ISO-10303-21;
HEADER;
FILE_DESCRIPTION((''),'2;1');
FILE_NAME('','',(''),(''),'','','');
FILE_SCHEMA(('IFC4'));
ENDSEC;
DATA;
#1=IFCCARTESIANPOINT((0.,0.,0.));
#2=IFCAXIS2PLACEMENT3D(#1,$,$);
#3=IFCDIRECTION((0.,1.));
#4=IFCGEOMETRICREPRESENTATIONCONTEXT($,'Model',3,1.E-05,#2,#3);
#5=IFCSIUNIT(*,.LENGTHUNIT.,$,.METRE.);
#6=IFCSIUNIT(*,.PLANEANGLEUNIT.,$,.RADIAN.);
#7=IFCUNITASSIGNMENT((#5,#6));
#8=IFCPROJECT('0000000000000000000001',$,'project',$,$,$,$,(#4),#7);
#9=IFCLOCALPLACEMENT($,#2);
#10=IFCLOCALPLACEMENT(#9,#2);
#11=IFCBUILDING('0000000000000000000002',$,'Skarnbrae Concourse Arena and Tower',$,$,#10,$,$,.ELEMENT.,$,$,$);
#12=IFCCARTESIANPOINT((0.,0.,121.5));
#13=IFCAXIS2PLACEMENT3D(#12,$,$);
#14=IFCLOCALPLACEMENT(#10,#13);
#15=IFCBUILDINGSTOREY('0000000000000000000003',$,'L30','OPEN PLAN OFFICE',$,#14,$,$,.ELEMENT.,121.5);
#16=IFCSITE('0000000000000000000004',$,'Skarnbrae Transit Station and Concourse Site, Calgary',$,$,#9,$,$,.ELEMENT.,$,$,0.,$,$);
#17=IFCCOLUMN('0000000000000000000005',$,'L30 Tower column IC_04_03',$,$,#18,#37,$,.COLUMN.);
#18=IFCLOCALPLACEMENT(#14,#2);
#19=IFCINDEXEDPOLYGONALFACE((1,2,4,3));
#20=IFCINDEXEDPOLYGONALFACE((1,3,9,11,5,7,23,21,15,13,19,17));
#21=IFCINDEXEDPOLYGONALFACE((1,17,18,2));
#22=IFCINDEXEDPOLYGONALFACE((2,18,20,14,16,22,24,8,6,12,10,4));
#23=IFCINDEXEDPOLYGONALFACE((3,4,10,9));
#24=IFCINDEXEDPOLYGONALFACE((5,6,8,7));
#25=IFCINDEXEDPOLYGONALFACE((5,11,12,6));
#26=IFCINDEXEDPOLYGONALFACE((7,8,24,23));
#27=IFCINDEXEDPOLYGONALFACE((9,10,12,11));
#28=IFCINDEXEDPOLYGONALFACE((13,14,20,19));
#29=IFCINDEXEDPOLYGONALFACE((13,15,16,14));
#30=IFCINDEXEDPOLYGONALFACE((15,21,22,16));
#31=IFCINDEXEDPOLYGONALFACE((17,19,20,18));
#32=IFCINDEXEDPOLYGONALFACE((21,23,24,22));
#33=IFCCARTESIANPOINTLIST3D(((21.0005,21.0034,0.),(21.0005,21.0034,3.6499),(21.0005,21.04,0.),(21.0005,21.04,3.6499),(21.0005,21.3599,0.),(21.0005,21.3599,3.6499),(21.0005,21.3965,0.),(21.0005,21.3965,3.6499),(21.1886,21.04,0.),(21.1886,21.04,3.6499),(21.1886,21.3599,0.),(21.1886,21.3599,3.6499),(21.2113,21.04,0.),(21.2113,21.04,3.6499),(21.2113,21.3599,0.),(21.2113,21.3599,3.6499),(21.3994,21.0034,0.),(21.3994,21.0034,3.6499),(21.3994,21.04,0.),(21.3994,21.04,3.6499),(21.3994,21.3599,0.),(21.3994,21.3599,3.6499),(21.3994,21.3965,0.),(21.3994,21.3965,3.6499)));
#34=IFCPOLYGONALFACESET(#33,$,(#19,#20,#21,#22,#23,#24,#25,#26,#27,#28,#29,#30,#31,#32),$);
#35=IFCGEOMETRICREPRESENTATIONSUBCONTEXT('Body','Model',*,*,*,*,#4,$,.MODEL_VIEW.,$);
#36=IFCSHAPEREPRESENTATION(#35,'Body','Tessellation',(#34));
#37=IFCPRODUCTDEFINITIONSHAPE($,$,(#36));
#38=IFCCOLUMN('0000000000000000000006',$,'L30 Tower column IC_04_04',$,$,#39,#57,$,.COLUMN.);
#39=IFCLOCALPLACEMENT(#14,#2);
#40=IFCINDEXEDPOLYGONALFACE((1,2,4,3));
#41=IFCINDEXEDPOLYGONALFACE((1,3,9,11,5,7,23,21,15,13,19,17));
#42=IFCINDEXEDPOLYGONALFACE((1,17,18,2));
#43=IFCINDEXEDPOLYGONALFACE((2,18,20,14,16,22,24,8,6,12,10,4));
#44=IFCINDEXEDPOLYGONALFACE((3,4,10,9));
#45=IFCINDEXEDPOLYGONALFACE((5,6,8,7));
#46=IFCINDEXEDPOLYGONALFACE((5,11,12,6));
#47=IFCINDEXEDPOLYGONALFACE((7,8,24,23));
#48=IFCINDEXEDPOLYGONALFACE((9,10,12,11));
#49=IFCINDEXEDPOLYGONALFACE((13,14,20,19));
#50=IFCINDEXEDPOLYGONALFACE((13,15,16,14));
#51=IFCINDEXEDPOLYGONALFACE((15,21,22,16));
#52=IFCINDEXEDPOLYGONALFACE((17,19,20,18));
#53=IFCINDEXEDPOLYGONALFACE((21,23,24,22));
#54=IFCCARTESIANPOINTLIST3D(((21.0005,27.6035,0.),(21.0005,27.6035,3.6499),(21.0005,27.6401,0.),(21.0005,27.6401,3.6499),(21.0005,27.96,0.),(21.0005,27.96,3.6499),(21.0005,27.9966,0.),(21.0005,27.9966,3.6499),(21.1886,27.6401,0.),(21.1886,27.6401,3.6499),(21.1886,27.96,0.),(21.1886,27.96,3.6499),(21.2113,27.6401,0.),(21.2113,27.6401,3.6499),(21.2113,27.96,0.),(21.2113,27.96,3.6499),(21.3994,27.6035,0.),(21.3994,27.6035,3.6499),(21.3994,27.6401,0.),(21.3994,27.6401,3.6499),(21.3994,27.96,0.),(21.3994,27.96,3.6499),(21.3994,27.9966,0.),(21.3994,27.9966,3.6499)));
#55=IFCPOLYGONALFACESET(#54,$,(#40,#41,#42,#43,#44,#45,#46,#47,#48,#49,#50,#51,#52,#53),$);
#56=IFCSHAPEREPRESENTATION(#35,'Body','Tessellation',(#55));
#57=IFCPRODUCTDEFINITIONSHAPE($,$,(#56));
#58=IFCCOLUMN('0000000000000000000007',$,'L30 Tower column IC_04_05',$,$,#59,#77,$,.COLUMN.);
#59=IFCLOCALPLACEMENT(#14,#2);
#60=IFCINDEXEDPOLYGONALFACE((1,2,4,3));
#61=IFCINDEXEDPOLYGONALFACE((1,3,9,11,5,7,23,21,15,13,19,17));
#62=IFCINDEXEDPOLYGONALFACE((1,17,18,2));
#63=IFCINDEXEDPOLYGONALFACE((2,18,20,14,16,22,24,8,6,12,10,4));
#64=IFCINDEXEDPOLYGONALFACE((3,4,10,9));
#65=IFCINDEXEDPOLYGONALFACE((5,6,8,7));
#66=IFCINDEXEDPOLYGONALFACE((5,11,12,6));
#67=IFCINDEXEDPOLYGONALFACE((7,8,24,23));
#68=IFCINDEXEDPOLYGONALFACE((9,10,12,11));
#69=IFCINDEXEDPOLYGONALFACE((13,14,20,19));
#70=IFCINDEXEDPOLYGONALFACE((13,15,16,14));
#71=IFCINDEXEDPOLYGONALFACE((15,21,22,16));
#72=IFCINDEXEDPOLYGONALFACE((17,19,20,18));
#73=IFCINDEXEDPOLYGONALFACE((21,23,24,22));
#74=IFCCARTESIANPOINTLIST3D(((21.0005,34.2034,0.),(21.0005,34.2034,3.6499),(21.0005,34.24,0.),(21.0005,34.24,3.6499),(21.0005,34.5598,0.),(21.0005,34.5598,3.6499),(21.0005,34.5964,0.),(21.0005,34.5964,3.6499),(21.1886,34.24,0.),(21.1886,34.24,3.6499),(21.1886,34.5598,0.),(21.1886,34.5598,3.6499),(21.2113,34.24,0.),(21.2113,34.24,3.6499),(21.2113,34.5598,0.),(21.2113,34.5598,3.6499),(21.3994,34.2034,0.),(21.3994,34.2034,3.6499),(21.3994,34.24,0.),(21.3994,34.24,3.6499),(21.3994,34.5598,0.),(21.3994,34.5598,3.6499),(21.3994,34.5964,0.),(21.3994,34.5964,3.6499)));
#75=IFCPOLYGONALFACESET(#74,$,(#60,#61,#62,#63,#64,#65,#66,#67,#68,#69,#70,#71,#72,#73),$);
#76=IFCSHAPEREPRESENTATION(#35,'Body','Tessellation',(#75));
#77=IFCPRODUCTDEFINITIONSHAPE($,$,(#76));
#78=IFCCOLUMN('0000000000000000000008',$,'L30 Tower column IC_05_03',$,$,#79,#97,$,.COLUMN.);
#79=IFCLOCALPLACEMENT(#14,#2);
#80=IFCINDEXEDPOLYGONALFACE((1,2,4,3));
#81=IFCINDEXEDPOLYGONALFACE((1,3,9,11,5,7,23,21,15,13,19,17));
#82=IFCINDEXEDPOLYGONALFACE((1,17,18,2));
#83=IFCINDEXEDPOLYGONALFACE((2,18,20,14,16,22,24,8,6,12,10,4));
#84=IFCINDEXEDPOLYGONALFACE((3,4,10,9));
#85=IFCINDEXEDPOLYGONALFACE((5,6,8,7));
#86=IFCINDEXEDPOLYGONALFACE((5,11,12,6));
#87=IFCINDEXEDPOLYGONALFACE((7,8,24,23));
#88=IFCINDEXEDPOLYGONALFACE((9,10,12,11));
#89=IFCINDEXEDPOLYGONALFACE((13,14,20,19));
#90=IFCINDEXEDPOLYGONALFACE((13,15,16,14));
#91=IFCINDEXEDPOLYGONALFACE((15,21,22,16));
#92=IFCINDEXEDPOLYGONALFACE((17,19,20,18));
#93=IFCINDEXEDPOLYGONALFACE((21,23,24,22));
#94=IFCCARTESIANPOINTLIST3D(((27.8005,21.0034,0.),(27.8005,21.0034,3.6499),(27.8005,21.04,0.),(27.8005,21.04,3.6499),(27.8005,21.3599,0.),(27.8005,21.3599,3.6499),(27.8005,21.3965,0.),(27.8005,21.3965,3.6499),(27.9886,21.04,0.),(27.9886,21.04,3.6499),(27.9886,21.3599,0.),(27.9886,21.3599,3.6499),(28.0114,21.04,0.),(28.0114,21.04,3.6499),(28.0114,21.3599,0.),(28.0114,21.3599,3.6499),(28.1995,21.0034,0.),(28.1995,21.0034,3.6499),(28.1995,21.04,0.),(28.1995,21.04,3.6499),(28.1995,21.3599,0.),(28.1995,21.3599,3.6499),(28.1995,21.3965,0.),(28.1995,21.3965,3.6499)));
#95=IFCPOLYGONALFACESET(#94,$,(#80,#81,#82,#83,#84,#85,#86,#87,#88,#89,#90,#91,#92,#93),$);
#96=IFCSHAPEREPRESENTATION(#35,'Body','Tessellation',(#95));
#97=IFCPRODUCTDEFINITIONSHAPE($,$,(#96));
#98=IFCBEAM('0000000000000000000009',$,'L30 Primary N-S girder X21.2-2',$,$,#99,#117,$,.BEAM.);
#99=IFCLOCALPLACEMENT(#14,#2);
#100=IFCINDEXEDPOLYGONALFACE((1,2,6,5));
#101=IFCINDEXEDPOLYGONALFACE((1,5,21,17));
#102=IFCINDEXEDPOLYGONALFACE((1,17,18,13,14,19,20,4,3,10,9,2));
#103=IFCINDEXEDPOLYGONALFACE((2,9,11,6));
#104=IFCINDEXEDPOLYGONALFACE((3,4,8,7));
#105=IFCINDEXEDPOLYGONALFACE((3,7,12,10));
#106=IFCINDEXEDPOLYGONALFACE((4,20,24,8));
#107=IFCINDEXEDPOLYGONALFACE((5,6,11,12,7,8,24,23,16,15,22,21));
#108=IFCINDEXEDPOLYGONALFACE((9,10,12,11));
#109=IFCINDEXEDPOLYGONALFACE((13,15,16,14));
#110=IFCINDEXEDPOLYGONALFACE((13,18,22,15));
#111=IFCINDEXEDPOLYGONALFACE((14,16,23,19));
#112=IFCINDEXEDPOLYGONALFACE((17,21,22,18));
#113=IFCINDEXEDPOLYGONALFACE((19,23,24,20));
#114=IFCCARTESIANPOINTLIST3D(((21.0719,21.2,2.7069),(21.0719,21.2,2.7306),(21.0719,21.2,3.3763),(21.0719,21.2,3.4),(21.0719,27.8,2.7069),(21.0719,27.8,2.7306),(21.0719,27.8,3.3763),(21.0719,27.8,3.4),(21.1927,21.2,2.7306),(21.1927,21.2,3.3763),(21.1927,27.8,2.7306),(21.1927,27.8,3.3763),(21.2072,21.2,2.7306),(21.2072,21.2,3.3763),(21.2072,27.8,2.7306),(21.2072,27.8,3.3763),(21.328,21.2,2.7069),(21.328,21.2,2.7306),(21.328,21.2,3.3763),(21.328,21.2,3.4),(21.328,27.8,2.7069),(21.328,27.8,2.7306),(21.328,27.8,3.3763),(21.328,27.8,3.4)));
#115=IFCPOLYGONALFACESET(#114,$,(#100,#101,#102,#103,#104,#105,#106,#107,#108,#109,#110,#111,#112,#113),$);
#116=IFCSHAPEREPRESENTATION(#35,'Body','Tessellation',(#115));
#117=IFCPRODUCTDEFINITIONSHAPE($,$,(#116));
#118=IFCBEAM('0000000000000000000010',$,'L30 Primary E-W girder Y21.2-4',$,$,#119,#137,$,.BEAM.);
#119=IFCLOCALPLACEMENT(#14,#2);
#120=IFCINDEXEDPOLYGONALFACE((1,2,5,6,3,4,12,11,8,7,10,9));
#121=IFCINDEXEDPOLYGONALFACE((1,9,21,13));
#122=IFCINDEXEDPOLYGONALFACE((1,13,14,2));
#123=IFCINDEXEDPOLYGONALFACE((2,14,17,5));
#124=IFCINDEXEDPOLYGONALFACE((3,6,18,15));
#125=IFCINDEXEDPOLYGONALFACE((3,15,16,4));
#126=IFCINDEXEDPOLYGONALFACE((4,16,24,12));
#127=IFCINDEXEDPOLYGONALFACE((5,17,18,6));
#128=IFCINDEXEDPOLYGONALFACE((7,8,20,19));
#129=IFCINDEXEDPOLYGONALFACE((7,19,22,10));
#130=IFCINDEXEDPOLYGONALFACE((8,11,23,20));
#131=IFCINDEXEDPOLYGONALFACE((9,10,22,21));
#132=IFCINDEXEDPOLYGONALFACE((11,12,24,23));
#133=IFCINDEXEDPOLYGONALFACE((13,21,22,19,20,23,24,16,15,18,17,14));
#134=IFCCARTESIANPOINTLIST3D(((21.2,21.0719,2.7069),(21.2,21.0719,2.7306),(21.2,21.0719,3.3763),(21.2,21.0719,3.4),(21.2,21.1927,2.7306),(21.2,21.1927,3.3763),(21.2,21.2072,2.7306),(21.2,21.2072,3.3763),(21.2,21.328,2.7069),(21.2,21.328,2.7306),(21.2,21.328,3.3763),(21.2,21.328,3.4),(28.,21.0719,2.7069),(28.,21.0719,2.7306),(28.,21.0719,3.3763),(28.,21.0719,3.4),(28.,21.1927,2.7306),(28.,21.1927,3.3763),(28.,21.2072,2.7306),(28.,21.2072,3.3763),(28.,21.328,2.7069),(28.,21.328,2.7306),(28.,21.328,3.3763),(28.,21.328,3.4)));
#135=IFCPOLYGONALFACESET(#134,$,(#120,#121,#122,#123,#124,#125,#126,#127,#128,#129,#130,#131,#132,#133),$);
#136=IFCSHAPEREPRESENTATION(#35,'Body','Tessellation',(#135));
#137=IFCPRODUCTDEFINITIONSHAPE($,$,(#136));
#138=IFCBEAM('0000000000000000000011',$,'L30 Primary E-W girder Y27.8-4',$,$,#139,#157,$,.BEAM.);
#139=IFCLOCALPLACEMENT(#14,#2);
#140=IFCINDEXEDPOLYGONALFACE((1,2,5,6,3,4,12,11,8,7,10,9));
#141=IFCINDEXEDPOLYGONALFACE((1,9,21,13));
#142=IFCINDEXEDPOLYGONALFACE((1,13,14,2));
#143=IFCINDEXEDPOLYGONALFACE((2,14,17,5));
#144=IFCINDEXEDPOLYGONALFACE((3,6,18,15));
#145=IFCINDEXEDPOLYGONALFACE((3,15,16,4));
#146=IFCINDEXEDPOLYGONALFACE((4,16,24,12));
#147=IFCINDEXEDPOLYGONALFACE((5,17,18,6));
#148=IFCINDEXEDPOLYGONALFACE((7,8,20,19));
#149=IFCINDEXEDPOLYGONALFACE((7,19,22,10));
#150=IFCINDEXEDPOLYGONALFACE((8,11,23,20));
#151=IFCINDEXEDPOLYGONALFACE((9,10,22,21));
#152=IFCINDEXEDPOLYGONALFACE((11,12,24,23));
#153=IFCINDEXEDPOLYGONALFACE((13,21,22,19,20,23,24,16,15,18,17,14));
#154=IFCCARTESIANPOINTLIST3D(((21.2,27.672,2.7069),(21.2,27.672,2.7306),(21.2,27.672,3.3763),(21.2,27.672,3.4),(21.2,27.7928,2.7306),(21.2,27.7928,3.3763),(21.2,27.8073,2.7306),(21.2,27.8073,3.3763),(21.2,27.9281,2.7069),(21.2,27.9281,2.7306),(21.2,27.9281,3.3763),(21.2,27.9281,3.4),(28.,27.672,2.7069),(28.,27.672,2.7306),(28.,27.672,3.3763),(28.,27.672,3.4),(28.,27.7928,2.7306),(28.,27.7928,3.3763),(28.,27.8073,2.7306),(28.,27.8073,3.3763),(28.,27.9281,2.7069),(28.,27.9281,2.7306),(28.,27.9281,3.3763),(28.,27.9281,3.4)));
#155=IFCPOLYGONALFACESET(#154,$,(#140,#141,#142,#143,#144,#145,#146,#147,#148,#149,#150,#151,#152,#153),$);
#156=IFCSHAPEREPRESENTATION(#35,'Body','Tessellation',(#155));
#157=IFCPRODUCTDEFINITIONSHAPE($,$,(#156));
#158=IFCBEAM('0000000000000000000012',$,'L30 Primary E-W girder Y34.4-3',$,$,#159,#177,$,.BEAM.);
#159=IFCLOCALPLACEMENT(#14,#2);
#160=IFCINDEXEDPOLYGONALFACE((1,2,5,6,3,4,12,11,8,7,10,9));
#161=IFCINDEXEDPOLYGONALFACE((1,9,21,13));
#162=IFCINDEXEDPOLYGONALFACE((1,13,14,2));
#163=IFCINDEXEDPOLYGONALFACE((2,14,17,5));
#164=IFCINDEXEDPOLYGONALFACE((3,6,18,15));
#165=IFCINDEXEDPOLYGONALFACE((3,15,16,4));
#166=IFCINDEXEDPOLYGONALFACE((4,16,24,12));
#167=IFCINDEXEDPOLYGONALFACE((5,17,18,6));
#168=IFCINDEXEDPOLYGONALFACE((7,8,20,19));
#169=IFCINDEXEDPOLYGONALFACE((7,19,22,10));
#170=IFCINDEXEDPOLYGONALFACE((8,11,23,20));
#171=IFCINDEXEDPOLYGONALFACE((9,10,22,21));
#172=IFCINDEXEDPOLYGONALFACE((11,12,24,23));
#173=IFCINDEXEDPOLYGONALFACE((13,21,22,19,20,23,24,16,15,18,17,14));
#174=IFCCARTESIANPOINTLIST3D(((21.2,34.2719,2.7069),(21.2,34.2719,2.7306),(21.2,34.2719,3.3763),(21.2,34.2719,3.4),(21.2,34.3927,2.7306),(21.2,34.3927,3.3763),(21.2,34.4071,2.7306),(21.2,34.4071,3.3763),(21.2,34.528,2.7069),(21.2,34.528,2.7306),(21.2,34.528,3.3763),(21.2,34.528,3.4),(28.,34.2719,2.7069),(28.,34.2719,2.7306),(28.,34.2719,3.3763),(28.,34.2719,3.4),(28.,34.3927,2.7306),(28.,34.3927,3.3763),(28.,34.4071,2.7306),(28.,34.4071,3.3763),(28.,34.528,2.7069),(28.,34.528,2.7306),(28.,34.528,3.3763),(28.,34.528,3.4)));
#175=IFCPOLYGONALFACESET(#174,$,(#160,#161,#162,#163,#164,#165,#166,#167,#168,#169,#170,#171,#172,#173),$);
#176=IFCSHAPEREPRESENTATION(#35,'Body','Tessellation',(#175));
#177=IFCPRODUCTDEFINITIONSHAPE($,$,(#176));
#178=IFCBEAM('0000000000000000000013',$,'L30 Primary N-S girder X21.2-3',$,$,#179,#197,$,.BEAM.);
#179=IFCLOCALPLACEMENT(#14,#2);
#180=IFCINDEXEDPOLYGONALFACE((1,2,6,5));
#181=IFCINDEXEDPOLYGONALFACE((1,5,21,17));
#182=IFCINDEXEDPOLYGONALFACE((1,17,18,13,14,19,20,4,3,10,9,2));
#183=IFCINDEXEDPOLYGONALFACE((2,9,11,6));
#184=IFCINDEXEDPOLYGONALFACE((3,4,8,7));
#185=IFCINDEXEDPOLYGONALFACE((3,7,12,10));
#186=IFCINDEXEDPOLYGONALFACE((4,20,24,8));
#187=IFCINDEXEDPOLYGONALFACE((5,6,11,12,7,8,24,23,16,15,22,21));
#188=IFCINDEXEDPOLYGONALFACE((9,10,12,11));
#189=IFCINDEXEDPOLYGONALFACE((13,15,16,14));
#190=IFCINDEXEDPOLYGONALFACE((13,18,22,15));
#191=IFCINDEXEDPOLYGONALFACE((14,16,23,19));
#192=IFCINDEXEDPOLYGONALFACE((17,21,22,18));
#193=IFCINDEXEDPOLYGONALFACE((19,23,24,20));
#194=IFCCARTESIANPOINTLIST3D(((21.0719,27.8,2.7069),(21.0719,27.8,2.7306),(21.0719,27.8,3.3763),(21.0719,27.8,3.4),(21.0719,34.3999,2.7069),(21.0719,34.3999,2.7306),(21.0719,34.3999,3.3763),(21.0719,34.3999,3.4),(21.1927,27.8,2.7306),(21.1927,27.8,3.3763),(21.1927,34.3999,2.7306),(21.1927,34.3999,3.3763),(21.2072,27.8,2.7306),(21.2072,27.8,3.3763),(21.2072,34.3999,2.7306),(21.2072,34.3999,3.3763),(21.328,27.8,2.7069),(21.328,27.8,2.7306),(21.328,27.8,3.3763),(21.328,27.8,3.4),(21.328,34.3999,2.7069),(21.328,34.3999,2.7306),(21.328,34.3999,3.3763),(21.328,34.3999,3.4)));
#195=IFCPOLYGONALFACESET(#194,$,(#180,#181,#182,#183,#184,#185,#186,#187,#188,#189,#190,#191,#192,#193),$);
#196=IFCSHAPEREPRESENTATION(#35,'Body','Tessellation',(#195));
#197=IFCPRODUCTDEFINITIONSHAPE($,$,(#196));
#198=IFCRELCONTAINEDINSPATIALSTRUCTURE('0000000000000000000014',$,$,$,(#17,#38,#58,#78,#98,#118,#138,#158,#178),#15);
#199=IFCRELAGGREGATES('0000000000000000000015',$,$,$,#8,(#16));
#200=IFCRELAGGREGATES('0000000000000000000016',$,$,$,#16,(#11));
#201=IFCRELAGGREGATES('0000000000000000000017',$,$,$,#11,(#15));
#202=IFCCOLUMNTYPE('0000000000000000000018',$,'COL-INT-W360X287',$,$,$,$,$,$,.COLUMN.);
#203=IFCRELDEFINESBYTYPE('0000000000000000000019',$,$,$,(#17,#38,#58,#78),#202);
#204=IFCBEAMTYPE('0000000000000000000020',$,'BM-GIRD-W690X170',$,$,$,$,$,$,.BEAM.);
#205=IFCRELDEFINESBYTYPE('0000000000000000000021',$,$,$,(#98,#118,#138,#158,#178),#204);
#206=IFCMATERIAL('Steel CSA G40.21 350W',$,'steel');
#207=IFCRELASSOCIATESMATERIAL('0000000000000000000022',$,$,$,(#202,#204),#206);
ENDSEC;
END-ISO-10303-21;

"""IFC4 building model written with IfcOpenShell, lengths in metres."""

from ifc_helpers import new_model, si_unit, direction, frame, origin, origin_2d, place, context, subcontext, project, spatial, i_section, extrude, source, transform, mapped, material, material_profile, profile_set, type_object, element, save


model = new_model("IFC4")

# Units and contexts
model_context = context("Model", 3, precision=1e-05, world=origin(), true_north=direction((0.0, 1.0)))
body_context = subcontext(model_context, "Body", "Model", "MODEL_VIEW")
ifc_project = project(units=[si_unit("LENGTHUNIT", "METRE"), si_unit("PLANEANGLEUNIT", "RADIAN")], contexts=[model_context])

# Site, building, storey
site_placement = place(None, origin())
site = spatial("IfcSite", under=ifc_project, at=site_placement, Name="Skarnbrae Transit Station and Concourse Site, Calgary", CompositionType="ELEMENT", RefElevation=0.0)
building_placement = place(site_placement, origin())
building = spatial("IfcBuilding", under=site, at=building_placement, Name="Skarnbrae Concourse Arena and Tower", CompositionType="ELEMENT")
storey_placement = place(building_placement, frame((0.0, 0.0, 121.5)))
storey = spatial("IfcBuildingStorey", under=building, at=storey_placement, Name="L30", Description="OPEN PLAN OFFICE", CompositionType="ELEMENT", Elevation=121.5)

# Columns
ifc_material_1 = material(Name="Steel CSA G40.21 350W", Category="steel")
ifc_material_profile_1 = material_profile(ifc_material_1, i_section(OverallWidth=0.3989, OverallDepth=0.3931, WebThickness=0.0227, FlangeThickness=0.0366, at=origin_2d()), Name="W360X287")
ifc_profile_set_1 = profile_set([ifc_material_profile_1], Name="Steel CSA G40.21 350W")
column_type = type_object("IfcColumnType", Name="COL-INT-W360X287", PredefinedType="COLUMN", material=ifc_profile_set_1)
shared_shape_1 = source(origin(), body_context, "Body", "SweptSolid", [
    extrude(i_section(OverallWidth=0.3989, OverallDepth=0.3931, WebThickness=0.0227, FlangeThickness=0.0366, at=origin_2d()), origin(), (0.0, 0.0, 1.0), 3.6499),
])
for number, where, z_axis, x_axis, name in (
    (1, (21.2, 21.2, 0.0), (0.0, 0.0, 1.0), (1.0, 0.0, 0.0), "L30 Tower column IC_04_03"),
    (2, (21.2, 27.8, 0.0), (0.0, 0.0, 1.0), (1.0, 0.0, 0.0), "L30 Tower column IC_04_04"),
    (3, (21.2, 34.3999, 0.0), (0.0, 0.0, 1.0), (1.0, 0.0, 0.0), "L30 Tower column IC_04_05"),
    (4, (28.0, 21.2, 0.0), (0.0, 0.0, 1.0), (1.0, 0.0, 0.0), "L30 Tower column IC_05_03"),
):
    element("IfcColumn", number, at=place(storey_placement, frame(where, z_axis=z_axis, x_axis=x_axis)), inside=storey, type_object=column_type, Name=name, PredefinedType="COLUMN", context=body_context, shape_type="MappedRepresentation", body=[
        mapped(shared_shape_1, transform((0.0, 0.0, 0.0))),
    ])

# Beams
ifc_material_profile_2 = material_profile(ifc_material_1, i_section(OverallWidth=0.2561, OverallDepth=0.6931, WebThickness=0.0144, FlangeThickness=0.0237, at=origin_2d()), Name="W690X170")
ifc_profile_set_2 = profile_set([ifc_material_profile_2], Name="Steel CSA G40.21 350W")
beam_type_1 = type_object("IfcBeamType", Name="BM-GIRD-W690X170", PredefinedType="BEAM", material=ifc_profile_set_2)
shared_shape_2 = source(origin(), body_context, "Body", "SweptSolid", [
    extrude(i_section(OverallWidth=0.2561, OverallDepth=0.6931, WebThickness=0.0144, FlangeThickness=0.0237, at=origin_2d()), origin(), (0.0, 0.0, 1.0), 6.6001),
])
beam_1_placement = place(storey_placement, frame((21.2, 21.2, 3.0535), z_axis=(0.0, 1.0, 0.0), x_axis=(-1.0, 0.0, 0.0)))
element("IfcBeam", 5, at=beam_1_placement, inside=storey, type_object=beam_type_1, Name="L30 Primary N-S girder X21.2-2", PredefinedType="BEAM", context=body_context, shape_type="MappedRepresentation", body=[
    mapped(shared_shape_2, transform((0.0, 0.0, 0.0))),
])
shared_shape_3 = source(origin(), body_context, "Body", "SweptSolid", [
    extrude(i_section(OverallWidth=0.2561, OverallDepth=0.6931, WebThickness=0.0144, FlangeThickness=0.0237, at=origin_2d()), origin(), (0.0, 0.0, 1.0), 6.8),
])
for number, where, z_axis, x_axis, name in (
    (6, (21.2, 21.2, 3.0535), (1.0, 0.0, 0.0), (0.0, 1.0, 0.0), "L30 Primary E-W girder Y21.2-4"),
    (7, (21.2, 27.8, 3.0535), (1.0, 0.0, 0.0), (0.0, 1.0, 0.0), "L30 Primary E-W girder Y27.8-4"),
    (8, (21.2, 34.3999, 3.0535), (1.0, 0.0, 0.0), (0.0, 1.0, 0.0), "L30 Primary E-W girder Y34.4-3"),
):
    element("IfcBeam", number, at=place(storey_placement, frame(where, z_axis=z_axis, x_axis=x_axis)), inside=storey, type_object=beam_type_1, Name=name, PredefinedType="BEAM", context=body_context, shape_type="MappedRepresentation", body=[
        mapped(shared_shape_3, transform((0.0, 0.0, 0.0))),
    ])
shared_shape_4 = source(origin(), body_context, "Body", "SweptSolid", [
    extrude(i_section(OverallWidth=0.2561, OverallDepth=0.6931, WebThickness=0.0144, FlangeThickness=0.0237, at=origin_2d()), origin(), (0.0, 0.0, 1.0), 6.5999),
])
beam_2_placement = place(storey_placement, frame((21.2, 27.8, 3.0535), z_axis=(0.0, 1.0, 0.0), x_axis=(-1.0, 0.0, 0.0)))
element("IfcBeam", 9, at=beam_2_placement, inside=storey, type_object=beam_type_1, Name="L30 Primary N-S girder X21.2-3", PredefinedType="BEAM", context=body_context, shape_type="MappedRepresentation", body=[
    mapped(shared_shape_4, transform((0.0, 0.0, 0.0))),
])

save(model, "model.ifc")
